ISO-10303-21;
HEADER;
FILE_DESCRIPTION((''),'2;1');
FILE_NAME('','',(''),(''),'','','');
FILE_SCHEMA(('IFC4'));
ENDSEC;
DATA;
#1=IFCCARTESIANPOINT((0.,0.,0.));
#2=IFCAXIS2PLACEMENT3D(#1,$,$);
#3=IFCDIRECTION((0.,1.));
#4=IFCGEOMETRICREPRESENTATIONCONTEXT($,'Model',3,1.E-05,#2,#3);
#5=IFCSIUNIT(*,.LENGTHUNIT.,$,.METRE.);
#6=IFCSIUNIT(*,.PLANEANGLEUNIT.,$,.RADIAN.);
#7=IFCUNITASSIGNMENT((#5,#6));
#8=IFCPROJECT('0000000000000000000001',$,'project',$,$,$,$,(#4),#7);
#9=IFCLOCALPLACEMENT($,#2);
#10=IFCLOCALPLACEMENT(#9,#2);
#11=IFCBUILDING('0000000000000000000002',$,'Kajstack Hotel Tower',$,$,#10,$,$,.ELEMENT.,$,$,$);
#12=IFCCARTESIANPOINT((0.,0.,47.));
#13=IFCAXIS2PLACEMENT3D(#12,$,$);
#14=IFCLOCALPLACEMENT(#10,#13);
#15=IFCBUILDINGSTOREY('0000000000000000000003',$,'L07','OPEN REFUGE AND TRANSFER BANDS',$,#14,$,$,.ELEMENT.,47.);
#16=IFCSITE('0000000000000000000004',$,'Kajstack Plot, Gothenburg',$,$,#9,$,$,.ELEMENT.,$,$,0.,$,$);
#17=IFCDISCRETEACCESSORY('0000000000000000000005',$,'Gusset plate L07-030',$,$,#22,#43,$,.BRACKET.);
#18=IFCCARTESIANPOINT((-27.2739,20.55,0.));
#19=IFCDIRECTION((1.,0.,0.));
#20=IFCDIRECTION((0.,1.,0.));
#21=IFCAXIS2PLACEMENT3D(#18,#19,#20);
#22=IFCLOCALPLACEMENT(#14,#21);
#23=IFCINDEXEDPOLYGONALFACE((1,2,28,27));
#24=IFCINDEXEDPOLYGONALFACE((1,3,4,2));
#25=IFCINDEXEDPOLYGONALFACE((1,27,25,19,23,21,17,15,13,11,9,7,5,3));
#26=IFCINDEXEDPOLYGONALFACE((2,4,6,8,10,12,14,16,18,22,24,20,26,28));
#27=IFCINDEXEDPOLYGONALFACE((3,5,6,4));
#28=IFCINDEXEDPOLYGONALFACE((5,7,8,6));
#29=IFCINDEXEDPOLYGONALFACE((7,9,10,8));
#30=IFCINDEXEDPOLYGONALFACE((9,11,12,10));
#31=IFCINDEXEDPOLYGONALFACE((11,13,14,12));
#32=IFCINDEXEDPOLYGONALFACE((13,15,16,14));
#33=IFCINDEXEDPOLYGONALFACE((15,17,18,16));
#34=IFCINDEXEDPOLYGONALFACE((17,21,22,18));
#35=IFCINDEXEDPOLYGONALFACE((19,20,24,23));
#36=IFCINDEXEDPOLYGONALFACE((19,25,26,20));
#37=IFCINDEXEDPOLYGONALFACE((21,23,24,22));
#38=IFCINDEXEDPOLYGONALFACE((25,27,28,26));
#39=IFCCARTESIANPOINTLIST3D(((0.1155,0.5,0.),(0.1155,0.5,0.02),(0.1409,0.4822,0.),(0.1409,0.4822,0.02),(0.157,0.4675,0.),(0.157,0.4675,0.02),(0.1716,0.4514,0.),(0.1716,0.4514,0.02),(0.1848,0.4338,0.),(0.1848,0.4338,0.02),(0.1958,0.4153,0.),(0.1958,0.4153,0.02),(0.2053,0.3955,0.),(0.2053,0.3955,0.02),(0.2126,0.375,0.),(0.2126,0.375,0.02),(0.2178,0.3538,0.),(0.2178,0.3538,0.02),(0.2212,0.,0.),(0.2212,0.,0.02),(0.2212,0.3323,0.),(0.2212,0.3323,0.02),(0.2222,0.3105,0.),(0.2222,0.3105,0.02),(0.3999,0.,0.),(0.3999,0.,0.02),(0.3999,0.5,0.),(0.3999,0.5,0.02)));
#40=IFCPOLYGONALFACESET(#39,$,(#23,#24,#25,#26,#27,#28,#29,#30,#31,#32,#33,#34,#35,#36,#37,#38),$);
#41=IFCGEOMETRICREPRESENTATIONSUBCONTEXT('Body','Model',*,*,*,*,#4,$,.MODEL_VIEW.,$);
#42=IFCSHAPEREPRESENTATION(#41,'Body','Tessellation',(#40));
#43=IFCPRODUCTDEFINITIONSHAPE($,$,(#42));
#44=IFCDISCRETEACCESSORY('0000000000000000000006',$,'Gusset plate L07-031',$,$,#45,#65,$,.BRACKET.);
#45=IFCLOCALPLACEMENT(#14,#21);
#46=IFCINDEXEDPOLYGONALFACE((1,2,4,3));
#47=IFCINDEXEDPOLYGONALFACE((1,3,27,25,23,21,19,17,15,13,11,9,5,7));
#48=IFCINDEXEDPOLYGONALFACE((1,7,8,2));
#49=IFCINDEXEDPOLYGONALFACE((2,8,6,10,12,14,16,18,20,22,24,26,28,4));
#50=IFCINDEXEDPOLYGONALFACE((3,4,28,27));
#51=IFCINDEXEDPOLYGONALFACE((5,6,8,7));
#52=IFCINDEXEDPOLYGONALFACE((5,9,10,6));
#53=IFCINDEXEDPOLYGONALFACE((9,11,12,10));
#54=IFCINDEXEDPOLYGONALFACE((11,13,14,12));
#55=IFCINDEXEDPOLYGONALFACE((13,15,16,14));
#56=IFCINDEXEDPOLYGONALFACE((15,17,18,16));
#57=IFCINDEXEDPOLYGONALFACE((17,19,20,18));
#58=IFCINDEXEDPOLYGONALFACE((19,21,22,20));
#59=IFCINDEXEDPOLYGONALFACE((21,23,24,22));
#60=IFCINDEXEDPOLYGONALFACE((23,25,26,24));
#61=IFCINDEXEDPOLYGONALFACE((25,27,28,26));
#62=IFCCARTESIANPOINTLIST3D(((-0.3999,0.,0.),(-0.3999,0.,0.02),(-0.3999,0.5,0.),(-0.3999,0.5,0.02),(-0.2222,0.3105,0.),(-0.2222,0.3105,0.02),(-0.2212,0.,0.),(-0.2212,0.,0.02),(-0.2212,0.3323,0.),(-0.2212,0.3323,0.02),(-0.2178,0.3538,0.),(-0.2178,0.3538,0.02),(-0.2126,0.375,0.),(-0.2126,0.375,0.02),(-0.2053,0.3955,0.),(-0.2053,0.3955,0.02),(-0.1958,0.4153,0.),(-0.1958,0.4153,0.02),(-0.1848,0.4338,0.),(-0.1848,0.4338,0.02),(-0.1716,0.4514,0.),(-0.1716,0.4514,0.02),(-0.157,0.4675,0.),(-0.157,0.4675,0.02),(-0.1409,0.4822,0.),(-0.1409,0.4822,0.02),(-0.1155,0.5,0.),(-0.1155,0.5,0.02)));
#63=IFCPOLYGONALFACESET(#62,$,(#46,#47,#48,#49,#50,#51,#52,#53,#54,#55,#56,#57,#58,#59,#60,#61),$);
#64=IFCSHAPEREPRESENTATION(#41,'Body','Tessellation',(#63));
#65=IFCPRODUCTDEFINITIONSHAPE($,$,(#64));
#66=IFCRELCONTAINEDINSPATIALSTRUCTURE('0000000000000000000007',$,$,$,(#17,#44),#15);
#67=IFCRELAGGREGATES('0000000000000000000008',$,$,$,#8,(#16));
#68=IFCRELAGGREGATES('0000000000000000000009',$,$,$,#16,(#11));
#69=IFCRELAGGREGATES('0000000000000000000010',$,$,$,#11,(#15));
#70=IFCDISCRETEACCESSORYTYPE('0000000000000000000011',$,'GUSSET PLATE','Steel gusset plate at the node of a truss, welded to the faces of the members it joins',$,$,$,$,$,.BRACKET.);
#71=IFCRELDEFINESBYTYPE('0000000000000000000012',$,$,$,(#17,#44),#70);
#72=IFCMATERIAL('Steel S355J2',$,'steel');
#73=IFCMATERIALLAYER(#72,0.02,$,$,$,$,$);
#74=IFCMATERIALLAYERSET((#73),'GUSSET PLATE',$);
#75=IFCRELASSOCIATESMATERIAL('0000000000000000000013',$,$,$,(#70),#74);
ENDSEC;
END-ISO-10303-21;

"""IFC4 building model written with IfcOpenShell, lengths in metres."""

from ifc_helpers import new_model, si_unit, direction, frame, origin, place, context, subcontext, project, spatial, polyline, outline, extrude, material, layer, layer_set, type_object, element, save


model = new_model("IFC4")

# Units and contexts
model_context = context("Model", 3, precision=1e-05, world=origin(), true_north=direction((0.0, 1.0)))
body_context = subcontext(model_context, "Body", "Model", "MODEL_VIEW")
ifc_project = project(units=[si_unit("LENGTHUNIT", "METRE"), si_unit("PLANEANGLEUNIT", "RADIAN")], contexts=[model_context])

# Site, building, storey
site_placement = place(None, origin())
site = spatial("IfcSite", under=ifc_project, at=site_placement, Name="Kajstack Plot, Gothenburg", CompositionType="ELEMENT", RefElevation=0.0)
building_placement = place(site_placement, origin())
building = spatial("IfcBuilding", under=site, at=building_placement, Name="Kajstack Hotel Tower", CompositionType="ELEMENT")
storey_placement = place(building_placement, frame((0.0, 0.0, 47.0)))
storey = spatial("IfcBuildingStorey", under=building, at=storey_placement, Name="L07", Description="OPEN REFUGE AND TRANSFER BANDS", CompositionType="ELEMENT", Elevation=47.0)

# Shared definitions
ifc_material = material(Name="Steel S355J2", Category="steel")

# Discrete accessories
ifc_layer = layer(ifc_material, 0.02)
ifc_layer_set = layer_set([ifc_layer], Name="GUSSET PLATE")
discrete_accessory_type = type_object("IfcDiscreteAccessoryType", Name="GUSSET PLATE", Description="Steel gusset plate at the node of a truss, welded to the faces of the members it joins", PredefinedType="BRACKET", material=ifc_layer_set)
discrete_accessory_1_placement = place(storey_placement, frame((-27.2739, 20.55, 0.0), z_axis=(1.0, 0.0, 0.0), x_axis=(0.0, 1.0, 0.0)))
element("IfcDiscreteAccessory", 1, at=discrete_accessory_1_placement, inside=storey, type_object=discrete_accessory_type, Name="Gusset plate L07-030", PredefinedType="BRACKET", context=body_context, shape_type="SweptSolid", body=[
    extrude(outline(polyline([(0.3999, 0.5), (0.1155, 0.5), (0.1409, 0.4822), (0.157, 0.4675), (0.1716, 0.4514), (0.1848, 0.4338), (0.1958, 0.4153), (0.2053, 0.3955), (0.2126, 0.375), (0.2178, 0.3538), (0.2212, 0.3323), (0.2222, 0.3105), (0.2212, 0.0), (0.3999, 0.0), (0.3999, 0.5)])), origin(), (0.0, 0.0, 1.0), 0.02),
])
discrete_accessory_2_placement = place(storey_placement, frame((-27.2739, 20.55, 0.0), z_axis=(1.0, 0.0, 0.0), x_axis=(0.0, 1.0, 0.0)))
element("IfcDiscreteAccessory", 2, at=discrete_accessory_2_placement, inside=storey, type_object=discrete_accessory_type, Name="Gusset plate L07-031", PredefinedType="BRACKET", context=body_context, shape_type="SweptSolid", body=[
    extrude(outline(polyline([(-0.3999, 0.0), (-0.2212, 0.0), (-0.2222, 0.3105), (-0.2212, 0.3323), (-0.2178, 0.3538), (-0.2126, 0.375), (-0.2053, 0.3955), (-0.1958, 0.4153), (-0.1848, 0.4338), (-0.1716, 0.4514), (-0.157, 0.4675), (-0.1409, 0.4822), (-0.1155, 0.5), (-0.3999, 0.5), (-0.3999, 0.0)])), origin(), (0.0, 0.0, 1.0), 0.02),
])

save(model, "model.ifc")
